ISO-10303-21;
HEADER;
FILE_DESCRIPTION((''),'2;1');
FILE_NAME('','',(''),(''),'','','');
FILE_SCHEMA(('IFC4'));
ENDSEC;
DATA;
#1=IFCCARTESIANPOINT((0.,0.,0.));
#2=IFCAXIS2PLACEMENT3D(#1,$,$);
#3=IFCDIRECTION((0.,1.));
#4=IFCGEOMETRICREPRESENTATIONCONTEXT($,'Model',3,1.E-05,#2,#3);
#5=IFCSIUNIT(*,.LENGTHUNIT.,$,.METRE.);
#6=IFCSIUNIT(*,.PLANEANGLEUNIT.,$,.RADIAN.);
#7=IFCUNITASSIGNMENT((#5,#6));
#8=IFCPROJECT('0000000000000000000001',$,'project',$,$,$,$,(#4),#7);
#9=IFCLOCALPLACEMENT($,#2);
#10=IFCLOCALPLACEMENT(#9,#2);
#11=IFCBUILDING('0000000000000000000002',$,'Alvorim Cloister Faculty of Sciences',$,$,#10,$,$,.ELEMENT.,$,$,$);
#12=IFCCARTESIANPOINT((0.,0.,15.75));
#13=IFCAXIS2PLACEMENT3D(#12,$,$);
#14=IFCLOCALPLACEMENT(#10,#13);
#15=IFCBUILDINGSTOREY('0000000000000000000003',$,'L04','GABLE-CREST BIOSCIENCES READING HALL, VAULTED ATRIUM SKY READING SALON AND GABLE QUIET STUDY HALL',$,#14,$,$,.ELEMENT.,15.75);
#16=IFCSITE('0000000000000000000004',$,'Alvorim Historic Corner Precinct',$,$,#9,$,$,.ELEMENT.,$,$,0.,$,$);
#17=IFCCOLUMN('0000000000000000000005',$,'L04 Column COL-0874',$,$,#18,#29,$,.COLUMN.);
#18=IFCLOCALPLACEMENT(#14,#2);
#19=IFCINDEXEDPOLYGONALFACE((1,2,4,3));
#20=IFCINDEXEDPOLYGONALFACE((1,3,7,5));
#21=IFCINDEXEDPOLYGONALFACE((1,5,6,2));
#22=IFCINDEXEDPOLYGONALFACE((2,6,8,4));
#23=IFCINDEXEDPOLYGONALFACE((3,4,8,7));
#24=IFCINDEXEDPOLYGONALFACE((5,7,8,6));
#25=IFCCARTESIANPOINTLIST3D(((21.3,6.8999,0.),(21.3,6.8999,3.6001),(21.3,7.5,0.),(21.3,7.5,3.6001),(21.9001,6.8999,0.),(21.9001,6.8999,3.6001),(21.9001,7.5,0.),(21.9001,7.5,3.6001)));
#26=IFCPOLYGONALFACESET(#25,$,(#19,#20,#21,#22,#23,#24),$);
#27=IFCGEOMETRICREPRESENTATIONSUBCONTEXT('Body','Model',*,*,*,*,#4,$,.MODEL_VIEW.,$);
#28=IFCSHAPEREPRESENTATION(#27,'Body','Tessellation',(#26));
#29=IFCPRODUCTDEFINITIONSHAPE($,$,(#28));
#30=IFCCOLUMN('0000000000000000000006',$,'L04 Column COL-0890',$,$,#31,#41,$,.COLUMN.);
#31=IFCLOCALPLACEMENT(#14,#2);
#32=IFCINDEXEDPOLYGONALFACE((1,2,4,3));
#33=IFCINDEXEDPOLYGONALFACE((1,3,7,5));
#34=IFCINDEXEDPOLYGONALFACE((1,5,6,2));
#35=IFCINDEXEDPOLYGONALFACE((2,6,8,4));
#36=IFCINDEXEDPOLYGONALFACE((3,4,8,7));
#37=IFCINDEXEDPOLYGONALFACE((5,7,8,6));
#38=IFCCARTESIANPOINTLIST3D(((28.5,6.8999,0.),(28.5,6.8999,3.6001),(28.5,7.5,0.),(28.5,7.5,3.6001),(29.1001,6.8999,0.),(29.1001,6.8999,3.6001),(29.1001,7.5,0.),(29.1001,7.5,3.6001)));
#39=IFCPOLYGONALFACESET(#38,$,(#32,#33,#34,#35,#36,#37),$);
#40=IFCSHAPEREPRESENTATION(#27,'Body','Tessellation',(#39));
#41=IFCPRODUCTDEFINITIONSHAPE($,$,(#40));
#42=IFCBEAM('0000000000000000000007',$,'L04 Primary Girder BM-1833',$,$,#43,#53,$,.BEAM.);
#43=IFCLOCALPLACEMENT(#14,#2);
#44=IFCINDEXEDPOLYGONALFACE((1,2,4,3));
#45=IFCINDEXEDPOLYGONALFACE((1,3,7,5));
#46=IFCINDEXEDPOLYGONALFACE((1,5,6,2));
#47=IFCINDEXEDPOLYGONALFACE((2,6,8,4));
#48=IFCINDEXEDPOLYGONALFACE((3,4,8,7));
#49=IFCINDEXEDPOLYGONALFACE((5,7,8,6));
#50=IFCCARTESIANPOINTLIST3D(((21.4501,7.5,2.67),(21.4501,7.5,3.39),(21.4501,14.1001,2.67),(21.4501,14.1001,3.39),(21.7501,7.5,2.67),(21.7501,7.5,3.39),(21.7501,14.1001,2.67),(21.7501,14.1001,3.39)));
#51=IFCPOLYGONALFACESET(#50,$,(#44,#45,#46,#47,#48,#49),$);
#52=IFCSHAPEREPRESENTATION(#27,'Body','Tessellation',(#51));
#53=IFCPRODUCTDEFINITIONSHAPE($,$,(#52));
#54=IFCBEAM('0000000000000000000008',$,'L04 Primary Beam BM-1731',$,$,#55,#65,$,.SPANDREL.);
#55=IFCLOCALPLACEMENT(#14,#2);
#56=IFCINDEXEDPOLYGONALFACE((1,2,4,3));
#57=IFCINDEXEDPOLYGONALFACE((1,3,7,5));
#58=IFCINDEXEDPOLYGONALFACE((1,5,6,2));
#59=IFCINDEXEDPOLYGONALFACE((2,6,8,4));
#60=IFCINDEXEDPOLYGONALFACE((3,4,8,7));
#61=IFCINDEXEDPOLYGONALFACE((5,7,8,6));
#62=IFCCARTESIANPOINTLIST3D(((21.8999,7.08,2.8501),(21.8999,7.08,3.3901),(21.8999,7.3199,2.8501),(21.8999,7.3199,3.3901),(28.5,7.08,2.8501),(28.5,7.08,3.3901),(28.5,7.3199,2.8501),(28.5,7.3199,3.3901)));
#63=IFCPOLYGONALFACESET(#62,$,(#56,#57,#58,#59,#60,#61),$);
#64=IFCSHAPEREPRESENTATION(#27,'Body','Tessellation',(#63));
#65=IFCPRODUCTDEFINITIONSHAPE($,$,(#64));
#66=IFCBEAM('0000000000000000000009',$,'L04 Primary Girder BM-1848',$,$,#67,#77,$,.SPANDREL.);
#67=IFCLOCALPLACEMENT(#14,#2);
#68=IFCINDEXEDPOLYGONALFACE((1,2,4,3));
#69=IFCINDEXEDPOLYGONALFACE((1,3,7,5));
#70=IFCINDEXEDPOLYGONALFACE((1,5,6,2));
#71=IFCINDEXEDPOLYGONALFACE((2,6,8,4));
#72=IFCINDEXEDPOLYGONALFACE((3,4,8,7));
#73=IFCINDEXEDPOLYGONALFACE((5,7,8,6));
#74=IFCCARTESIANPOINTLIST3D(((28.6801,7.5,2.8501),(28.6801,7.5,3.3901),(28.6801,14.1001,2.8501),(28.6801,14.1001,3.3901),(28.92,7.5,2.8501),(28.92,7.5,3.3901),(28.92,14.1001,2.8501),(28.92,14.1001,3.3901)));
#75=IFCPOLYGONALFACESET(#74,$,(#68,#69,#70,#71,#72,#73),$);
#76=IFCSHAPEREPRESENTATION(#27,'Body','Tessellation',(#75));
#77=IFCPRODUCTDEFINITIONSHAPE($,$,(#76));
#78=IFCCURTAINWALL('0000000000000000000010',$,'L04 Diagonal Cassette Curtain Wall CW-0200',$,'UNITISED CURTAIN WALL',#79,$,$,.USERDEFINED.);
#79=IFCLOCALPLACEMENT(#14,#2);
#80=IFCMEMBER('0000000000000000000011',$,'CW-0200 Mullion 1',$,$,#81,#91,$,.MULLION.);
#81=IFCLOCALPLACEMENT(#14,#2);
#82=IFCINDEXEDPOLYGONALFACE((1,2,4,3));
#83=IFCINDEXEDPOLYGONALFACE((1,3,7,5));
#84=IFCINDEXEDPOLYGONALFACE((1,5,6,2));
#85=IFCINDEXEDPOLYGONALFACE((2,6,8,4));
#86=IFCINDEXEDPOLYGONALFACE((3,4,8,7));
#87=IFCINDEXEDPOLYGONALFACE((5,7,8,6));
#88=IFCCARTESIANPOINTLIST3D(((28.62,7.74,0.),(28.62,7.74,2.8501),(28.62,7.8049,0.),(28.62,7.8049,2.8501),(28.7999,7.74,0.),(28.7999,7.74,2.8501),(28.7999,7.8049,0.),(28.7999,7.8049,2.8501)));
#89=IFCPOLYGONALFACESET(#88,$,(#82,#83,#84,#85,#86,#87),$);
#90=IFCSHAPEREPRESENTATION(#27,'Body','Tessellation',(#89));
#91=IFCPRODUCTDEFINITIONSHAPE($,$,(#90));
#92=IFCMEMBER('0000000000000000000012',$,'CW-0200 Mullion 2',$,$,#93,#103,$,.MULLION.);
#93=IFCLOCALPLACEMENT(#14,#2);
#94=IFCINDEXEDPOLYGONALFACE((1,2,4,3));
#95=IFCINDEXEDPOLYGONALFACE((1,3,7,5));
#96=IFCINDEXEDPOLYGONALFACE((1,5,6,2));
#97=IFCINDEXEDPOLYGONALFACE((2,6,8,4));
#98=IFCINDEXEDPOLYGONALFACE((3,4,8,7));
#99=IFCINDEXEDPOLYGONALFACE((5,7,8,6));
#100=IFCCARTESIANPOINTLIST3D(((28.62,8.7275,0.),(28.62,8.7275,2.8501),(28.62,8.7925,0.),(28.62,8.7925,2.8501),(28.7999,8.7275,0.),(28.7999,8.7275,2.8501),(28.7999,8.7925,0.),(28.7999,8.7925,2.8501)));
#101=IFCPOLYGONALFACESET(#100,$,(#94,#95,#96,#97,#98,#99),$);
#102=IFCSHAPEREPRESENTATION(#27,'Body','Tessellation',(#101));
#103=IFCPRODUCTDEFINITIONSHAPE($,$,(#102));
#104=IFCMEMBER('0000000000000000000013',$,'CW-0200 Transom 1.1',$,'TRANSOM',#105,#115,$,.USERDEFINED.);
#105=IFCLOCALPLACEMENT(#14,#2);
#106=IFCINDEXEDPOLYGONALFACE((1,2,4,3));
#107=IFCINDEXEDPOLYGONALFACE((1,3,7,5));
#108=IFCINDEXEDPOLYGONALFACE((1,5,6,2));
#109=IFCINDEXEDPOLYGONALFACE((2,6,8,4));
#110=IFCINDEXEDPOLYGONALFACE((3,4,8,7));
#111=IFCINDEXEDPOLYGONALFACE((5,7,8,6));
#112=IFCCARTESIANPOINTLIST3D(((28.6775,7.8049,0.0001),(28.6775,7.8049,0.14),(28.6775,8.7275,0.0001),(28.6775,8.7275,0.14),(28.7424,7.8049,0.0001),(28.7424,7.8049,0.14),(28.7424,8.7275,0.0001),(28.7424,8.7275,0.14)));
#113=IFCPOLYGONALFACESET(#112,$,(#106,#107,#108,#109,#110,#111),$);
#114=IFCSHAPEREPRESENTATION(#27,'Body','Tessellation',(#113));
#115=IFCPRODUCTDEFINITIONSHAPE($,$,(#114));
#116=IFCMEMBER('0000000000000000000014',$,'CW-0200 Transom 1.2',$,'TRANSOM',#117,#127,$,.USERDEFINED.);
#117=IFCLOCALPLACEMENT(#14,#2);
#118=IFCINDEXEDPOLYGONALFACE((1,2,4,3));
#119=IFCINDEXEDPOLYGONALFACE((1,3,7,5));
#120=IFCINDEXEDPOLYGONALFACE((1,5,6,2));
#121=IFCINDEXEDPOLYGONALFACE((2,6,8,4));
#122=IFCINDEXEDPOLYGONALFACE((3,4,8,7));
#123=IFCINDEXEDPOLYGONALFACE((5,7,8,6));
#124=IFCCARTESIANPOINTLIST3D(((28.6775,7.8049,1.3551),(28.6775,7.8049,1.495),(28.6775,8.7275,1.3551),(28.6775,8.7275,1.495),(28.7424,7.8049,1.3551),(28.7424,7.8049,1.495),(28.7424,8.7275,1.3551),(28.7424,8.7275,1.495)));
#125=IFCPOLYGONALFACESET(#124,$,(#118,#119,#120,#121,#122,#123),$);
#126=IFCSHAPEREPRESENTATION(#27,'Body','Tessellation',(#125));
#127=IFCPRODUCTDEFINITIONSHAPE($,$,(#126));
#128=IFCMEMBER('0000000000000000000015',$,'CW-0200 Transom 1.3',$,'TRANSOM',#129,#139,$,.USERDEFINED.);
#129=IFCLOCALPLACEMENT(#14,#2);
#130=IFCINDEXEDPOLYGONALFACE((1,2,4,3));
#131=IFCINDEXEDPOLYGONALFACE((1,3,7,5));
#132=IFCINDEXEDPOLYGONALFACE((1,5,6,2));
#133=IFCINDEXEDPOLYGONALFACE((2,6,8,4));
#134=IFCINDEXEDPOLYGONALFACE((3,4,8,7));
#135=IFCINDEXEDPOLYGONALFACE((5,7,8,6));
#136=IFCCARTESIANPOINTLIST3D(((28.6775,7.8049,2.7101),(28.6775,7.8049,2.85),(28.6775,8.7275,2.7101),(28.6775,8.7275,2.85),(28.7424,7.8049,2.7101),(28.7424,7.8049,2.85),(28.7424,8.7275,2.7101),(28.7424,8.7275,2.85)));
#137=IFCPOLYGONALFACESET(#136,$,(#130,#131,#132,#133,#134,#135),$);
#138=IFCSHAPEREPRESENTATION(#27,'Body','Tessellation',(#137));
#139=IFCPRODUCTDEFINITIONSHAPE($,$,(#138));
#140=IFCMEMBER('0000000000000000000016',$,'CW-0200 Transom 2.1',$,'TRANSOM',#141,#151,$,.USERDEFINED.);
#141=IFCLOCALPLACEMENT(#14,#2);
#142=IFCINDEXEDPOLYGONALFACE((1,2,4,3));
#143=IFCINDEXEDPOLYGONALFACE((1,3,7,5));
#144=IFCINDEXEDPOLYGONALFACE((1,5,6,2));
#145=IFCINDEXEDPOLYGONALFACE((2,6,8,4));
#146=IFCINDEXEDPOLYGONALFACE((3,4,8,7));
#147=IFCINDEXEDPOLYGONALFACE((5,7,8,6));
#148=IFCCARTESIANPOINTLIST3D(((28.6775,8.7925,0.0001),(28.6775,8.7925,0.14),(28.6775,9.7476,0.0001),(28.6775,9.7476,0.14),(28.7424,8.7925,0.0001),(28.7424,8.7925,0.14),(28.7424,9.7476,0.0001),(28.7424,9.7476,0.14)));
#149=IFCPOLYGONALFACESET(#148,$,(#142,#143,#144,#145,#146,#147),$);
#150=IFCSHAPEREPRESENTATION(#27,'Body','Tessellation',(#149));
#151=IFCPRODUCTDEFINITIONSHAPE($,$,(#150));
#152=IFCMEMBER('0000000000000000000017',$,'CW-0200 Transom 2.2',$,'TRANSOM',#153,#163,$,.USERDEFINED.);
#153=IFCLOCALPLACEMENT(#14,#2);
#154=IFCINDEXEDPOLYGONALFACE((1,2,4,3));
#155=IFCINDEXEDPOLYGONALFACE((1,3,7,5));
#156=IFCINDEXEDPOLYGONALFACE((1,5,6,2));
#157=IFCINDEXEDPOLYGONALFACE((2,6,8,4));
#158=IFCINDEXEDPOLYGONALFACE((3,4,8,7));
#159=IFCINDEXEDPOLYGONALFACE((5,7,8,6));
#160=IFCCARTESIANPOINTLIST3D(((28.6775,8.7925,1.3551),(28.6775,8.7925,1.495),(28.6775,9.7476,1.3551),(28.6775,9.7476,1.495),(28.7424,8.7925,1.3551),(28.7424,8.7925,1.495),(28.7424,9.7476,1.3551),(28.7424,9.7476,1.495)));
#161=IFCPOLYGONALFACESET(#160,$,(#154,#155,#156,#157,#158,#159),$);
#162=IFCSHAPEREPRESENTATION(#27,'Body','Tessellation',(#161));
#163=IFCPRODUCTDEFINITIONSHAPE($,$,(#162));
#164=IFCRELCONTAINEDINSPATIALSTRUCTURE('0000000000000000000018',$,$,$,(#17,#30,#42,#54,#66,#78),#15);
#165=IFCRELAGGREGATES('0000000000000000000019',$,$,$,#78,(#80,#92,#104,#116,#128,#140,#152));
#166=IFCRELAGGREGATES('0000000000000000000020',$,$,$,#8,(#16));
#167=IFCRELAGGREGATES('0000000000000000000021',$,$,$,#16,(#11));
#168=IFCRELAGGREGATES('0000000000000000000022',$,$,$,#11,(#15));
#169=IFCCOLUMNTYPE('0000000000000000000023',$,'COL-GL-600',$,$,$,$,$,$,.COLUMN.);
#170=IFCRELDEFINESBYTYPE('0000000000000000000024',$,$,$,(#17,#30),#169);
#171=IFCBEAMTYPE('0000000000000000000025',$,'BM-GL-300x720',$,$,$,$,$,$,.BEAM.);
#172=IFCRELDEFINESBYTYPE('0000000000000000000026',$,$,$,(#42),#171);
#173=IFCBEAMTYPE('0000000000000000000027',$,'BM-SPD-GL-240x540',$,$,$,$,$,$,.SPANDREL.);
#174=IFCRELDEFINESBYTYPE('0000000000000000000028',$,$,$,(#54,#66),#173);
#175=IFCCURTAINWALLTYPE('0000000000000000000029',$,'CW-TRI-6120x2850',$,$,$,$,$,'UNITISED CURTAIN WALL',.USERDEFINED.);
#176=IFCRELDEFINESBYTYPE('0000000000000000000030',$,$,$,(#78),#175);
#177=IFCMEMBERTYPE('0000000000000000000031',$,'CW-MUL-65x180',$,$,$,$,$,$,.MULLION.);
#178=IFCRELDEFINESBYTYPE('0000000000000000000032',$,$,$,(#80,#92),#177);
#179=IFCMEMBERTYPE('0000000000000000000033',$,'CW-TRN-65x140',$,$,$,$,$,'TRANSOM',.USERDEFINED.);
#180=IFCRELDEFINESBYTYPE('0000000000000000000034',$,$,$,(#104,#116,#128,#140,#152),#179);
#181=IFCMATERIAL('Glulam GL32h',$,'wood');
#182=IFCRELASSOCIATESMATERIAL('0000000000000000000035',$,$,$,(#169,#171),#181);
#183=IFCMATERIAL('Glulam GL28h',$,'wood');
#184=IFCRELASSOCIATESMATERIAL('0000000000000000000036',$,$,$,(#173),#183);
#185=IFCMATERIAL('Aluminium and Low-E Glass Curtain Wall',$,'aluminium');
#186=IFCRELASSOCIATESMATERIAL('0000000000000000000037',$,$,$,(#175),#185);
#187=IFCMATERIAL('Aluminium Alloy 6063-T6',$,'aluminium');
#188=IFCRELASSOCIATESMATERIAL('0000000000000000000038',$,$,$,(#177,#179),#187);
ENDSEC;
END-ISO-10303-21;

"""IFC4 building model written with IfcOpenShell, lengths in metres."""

from ifc_helpers import new_model, si_unit, direction, frame, origin, origin_2d, place, context, subcontext, project, spatial, rectangle, extrude, material, material_profile, profile_set, type_object, element, aggregate, save


model = new_model("IFC4")

# Units and contexts
model_context = context("Model", 3, precision=1e-05, world=origin(), true_north=direction((0.0, 1.0)))
body_context = subcontext(model_context, "Body", "Model", "MODEL_VIEW")
ifc_project = project(units=[si_unit("LENGTHUNIT", "METRE"), si_unit("PLANEANGLEUNIT", "RADIAN")], contexts=[model_context])

# Site, building, storey
site_placement = place(None, origin())
site = spatial("IfcSite", under=ifc_project, at=site_placement, Name="Alvorim Historic Corner Precinct", CompositionType="ELEMENT", RefElevation=0.0)
building_placement = place(site_placement, origin())
building = spatial("IfcBuilding", under=site, at=building_placement, Name="Alvorim Cloister Faculty of Sciences", CompositionType="ELEMENT")
storey_placement = place(building_placement, frame((0.0, 0.0, 15.75)))
storey = spatial("IfcBuildingStorey", under=building, at=storey_placement, Name="L04", Description="GABLE-CREST BIOSCIENCES READING HALL, VAULTED ATRIUM SKY READING SALON AND GABLE QUIET STUDY HALL", CompositionType="ELEMENT", Elevation=15.75)

# Columns
ifc_material_1 = material(Name="Glulam GL32h", Category="wood")
ifc_material_profile_1 = material_profile(ifc_material_1, rectangle(XDim=0.6001, YDim=0.6001, at=origin_2d()), Name="GL32-COL-600x600")
ifc_profile_set_1 = profile_set([ifc_material_profile_1], Name="Glulam GL32h")
column_type = type_object("IfcColumnType", Name="COL-GL-600", PredefinedType="COLUMN", material=ifc_profile_set_1)
for number, where, z_axis, x_axis, name in (
    (1, (21.6001, 7.2, 0.0), (0.0, 0.0, 1.0), (1.0, 0.0, 0.0), "L04 Column COL-0874"),
    (2, (28.8, 7.2, 0.0), (0.0, 0.0, 1.0), (1.0, 0.0, 0.0), "L04 Column COL-0890"),
):
    element("IfcColumn", number, at=place(storey_placement, frame(where, z_axis=z_axis, x_axis=x_axis)), inside=storey, type_object=column_type, Name=name, PredefinedType="COLUMN", context=body_context, shape_type="SweptSolid", body=[
        extrude(rectangle(XDim=0.6001, YDim=0.6001, at=origin_2d()), origin(), (0.0, 0.0, 1.0), 3.6001),
    ])

# Beams
ifc_material_profile_2 = material_profile(ifc_material_1, rectangle(XDim=0.3, YDim=0.72, at=origin_2d()), Name="GL32-BM-300x720")
ifc_profile_set_2 = profile_set([ifc_material_profile_2], Name="Glulam GL32h")
beam_type_1 = type_object("IfcBeamType", Name="BM-GL-300x720", PredefinedType="BEAM", material=ifc_profile_set_2)
beam_placement = place(storey_placement, frame((21.6001, 7.5, 3.03), z_axis=(0.0, 1.0, 0.0), x_axis=(-1.0, 0.0, 0.0)))
element("IfcBeam", 3, at=beam_placement, inside=storey, type_object=beam_type_1, Name="L04 Primary Girder BM-1833", PredefinedType="BEAM", context=body_context, shape_type="SweptSolid", body=[
    extrude(rectangle(XDim=0.3, YDim=0.72, at=origin_2d()), origin(), (0.0, 0.0, 1.0), 6.6001),
])
ifc_material_2 = material(Name="Glulam GL28h", Category="wood")
ifc_material_profile_3 = material_profile(ifc_material_2, rectangle(XDim=0.24, YDim=0.54, at=origin_2d()), Name="GL28-SPD-240x540")
ifc_profile_set_3 = profile_set([ifc_material_profile_3], Name="Glulam GL28h")
beam_type_2 = type_object("IfcBeamType", Name="BM-SPD-GL-240x540", PredefinedType="SPANDREL", material=ifc_profile_set_3)
for number, where, z_axis, x_axis, name in (
    (4, (21.8999, 7.2, 3.1201), (1.0, 0.0, 0.0), (0.0, 1.0, 0.0), "L04 Primary Beam BM-1731"),
    (5, (28.8, 7.5, 3.1201), (0.0, 1.0, 0.0), (-1.0, 0.0, 0.0), "L04 Primary Girder BM-1848"),
):
    element("IfcBeam", number, at=place(storey_placement, frame(where, z_axis=z_axis, x_axis=x_axis)), inside=storey, type_object=beam_type_2, Name=name, PredefinedType="SPANDREL", context=body_context, shape_type="SweptSolid", body=[
        extrude(rectangle(XDim=0.24, YDim=0.54, at=origin_2d()), origin(), (0.0, 0.0, 1.0), 6.6001),
    ])

# Curtain wall, members
ifc_material_3 = material(Name="Aluminium and Low-E Glass Curtain Wall", Category="aluminium")
curtain_wall_type = type_object("IfcCurtainWallType", Name="CW-TRI-6120x2850", ElementType="UNITISED CURTAIN WALL", PredefinedType="USERDEFINED", material=ifc_material_3)
curtain_wall_placement = place(storey_placement, origin())
curtain_wall = element("IfcCurtainWall", 6, at=curtain_wall_placement, inside=storey, type_object=curtain_wall_type, Name="L04 Diagonal Cassette Curtain Wall CW-0200", ObjectType="UNITISED CURTAIN WALL", PredefinedType="USERDEFINED")
ifc_material_4 = material(Name="Aluminium Alloy 6063-T6", Category="aluminium")
ifc_material_profile_4 = material_profile(ifc_material_4, rectangle(XDim=0.0649, YDim=0.1799, at=origin_2d()), Name="ALU-MUL-65x180")
ifc_profile_set_4 = profile_set([ifc_material_profile_4], Name="Aluminium Alloy 6063-T6")
member_type_1 = type_object("IfcMemberType", Name="CW-MUL-65x180", PredefinedType="MULLION", material=ifc_profile_set_4)
member_1_placement = place(storey_placement, frame((28.71, 7.7725, 0.0), z_axis=(0.0, 0.0, 1.0), x_axis=(0.0, 1.0, 0.0)))
member_1 = element("IfcMember", 7, at=member_1_placement, type_object=member_type_1, Name="CW-0200 Mullion 1", PredefinedType="MULLION", context=body_context, shape_type="SweptSolid", body=[
    extrude(rectangle(XDim=0.0649, YDim=0.1799, at=origin_2d()), origin(), (0.0, 0.0, 1.0), 2.8501),
])
member_2_placement = place(storey_placement, frame((28.71, 8.76, 0.0), z_axis=(0.0, 0.0, 1.0), x_axis=(0.0, 1.0, 0.0)))
member_2 = element("IfcMember", 8, at=member_2_placement, type_object=member_type_1, Name="CW-0200 Mullion 2", PredefinedType="MULLION", context=body_context, shape_type="SweptSolid", body=[
    extrude(rectangle(XDim=0.0649, YDim=0.1799, at=origin_2d()), origin(), (0.0, 0.0, 1.0), 2.8501),
])
ifc_material_profile_5 = material_profile(ifc_material_4, rectangle(XDim=0.0649, YDim=0.1399, at=origin_2d()), Name="ALU-TRN-65x140")
ifc_profile_set_5 = profile_set([ifc_material_profile_5], Name="Aluminium Alloy 6063-T6")
member_type_2 = type_object("IfcMemberType", Name="CW-TRN-65x140", ElementType="TRANSOM", PredefinedType="USERDEFINED", material=ifc_profile_set_5)
member_3_placement = place(storey_placement, frame((28.71, 7.8049, 0.0701), z_axis=(0.0, 1.0, 0.0), x_axis=(-1.0, 0.0, 0.0)))
member_3 = element("IfcMember", 9, at=member_3_placement, type_object=member_type_2, Name="CW-0200 Transom 1.1", ObjectType="TRANSOM", PredefinedType="USERDEFINED", context=body_context, shape_type="SweptSolid", body=[
    extrude(rectangle(XDim=0.0649, YDim=0.1399, at=origin_2d()), origin(), (0.0, 0.0, 1.0), 0.9226),
])
member_4_placement = place(storey_placement, frame((28.71, 7.8049, 1.425), z_axis=(0.0, 1.0, 0.0), x_axis=(-1.0, 0.0, 0.0)))
member_4 = element("IfcMember", 10, at=member_4_placement, type_object=member_type_2, Name="CW-0200 Transom 1.2", ObjectType="TRANSOM", PredefinedType="USERDEFINED", context=body_context, shape_type="SweptSolid", body=[
    extrude(rectangle(XDim=0.0649, YDim=0.1399, at=origin_2d()), origin(), (0.0, 0.0, 1.0), 0.9226),
])
member_5_placement = place(storey_placement, frame((28.71, 7.8049, 2.78), z_axis=(0.0, 1.0, 0.0), x_axis=(-1.0, 0.0, 0.0)))
member_5 = element("IfcMember", 11, at=member_5_placement, type_object=member_type_2, Name="CW-0200 Transom 1.3", ObjectType="TRANSOM", PredefinedType="USERDEFINED", context=body_context, shape_type="SweptSolid", body=[
    extrude(rectangle(XDim=0.0649, YDim=0.1399, at=origin_2d()), origin(), (0.0, 0.0, 1.0), 0.9226),
])
member_6_placement = place(storey_placement, frame((28.71, 8.7925, 0.0701), z_axis=(0.0, 1.0, 0.0), x_axis=(-1.0, 0.0, 0.0)))
member_6 = element("IfcMember", 12, at=member_6_placement, type_object=member_type_2, Name="CW-0200 Transom 2.1", ObjectType="TRANSOM", PredefinedType="USERDEFINED", context=body_context, shape_type="SweptSolid", body=[
    extrude(rectangle(XDim=0.0649, YDim=0.1399, at=origin_2d()), origin(), (0.0, 0.0, 1.0), 0.9551),
])
member_7_placement = place(storey_placement, frame((28.71, 8.7925, 1.425), z_axis=(0.0, 1.0, 0.0), x_axis=(-1.0, 0.0, 0.0)))
member_7 = element("IfcMember", 13, at=member_7_placement, type_object=member_type_2, Name="CW-0200 Transom 2.2", ObjectType="TRANSOM", PredefinedType="USERDEFINED", context=body_context, shape_type="SweptSolid", body=[
    extrude(rectangle(XDim=0.0649, YDim=0.1399, at=origin_2d()), origin(), (0.0, 0.0, 1.0), 0.9551),
])
aggregate(curtain_wall, [member_1, member_2, member_3, member_4, member_5, member_6, member_7])

save(model, "model.ifc")
